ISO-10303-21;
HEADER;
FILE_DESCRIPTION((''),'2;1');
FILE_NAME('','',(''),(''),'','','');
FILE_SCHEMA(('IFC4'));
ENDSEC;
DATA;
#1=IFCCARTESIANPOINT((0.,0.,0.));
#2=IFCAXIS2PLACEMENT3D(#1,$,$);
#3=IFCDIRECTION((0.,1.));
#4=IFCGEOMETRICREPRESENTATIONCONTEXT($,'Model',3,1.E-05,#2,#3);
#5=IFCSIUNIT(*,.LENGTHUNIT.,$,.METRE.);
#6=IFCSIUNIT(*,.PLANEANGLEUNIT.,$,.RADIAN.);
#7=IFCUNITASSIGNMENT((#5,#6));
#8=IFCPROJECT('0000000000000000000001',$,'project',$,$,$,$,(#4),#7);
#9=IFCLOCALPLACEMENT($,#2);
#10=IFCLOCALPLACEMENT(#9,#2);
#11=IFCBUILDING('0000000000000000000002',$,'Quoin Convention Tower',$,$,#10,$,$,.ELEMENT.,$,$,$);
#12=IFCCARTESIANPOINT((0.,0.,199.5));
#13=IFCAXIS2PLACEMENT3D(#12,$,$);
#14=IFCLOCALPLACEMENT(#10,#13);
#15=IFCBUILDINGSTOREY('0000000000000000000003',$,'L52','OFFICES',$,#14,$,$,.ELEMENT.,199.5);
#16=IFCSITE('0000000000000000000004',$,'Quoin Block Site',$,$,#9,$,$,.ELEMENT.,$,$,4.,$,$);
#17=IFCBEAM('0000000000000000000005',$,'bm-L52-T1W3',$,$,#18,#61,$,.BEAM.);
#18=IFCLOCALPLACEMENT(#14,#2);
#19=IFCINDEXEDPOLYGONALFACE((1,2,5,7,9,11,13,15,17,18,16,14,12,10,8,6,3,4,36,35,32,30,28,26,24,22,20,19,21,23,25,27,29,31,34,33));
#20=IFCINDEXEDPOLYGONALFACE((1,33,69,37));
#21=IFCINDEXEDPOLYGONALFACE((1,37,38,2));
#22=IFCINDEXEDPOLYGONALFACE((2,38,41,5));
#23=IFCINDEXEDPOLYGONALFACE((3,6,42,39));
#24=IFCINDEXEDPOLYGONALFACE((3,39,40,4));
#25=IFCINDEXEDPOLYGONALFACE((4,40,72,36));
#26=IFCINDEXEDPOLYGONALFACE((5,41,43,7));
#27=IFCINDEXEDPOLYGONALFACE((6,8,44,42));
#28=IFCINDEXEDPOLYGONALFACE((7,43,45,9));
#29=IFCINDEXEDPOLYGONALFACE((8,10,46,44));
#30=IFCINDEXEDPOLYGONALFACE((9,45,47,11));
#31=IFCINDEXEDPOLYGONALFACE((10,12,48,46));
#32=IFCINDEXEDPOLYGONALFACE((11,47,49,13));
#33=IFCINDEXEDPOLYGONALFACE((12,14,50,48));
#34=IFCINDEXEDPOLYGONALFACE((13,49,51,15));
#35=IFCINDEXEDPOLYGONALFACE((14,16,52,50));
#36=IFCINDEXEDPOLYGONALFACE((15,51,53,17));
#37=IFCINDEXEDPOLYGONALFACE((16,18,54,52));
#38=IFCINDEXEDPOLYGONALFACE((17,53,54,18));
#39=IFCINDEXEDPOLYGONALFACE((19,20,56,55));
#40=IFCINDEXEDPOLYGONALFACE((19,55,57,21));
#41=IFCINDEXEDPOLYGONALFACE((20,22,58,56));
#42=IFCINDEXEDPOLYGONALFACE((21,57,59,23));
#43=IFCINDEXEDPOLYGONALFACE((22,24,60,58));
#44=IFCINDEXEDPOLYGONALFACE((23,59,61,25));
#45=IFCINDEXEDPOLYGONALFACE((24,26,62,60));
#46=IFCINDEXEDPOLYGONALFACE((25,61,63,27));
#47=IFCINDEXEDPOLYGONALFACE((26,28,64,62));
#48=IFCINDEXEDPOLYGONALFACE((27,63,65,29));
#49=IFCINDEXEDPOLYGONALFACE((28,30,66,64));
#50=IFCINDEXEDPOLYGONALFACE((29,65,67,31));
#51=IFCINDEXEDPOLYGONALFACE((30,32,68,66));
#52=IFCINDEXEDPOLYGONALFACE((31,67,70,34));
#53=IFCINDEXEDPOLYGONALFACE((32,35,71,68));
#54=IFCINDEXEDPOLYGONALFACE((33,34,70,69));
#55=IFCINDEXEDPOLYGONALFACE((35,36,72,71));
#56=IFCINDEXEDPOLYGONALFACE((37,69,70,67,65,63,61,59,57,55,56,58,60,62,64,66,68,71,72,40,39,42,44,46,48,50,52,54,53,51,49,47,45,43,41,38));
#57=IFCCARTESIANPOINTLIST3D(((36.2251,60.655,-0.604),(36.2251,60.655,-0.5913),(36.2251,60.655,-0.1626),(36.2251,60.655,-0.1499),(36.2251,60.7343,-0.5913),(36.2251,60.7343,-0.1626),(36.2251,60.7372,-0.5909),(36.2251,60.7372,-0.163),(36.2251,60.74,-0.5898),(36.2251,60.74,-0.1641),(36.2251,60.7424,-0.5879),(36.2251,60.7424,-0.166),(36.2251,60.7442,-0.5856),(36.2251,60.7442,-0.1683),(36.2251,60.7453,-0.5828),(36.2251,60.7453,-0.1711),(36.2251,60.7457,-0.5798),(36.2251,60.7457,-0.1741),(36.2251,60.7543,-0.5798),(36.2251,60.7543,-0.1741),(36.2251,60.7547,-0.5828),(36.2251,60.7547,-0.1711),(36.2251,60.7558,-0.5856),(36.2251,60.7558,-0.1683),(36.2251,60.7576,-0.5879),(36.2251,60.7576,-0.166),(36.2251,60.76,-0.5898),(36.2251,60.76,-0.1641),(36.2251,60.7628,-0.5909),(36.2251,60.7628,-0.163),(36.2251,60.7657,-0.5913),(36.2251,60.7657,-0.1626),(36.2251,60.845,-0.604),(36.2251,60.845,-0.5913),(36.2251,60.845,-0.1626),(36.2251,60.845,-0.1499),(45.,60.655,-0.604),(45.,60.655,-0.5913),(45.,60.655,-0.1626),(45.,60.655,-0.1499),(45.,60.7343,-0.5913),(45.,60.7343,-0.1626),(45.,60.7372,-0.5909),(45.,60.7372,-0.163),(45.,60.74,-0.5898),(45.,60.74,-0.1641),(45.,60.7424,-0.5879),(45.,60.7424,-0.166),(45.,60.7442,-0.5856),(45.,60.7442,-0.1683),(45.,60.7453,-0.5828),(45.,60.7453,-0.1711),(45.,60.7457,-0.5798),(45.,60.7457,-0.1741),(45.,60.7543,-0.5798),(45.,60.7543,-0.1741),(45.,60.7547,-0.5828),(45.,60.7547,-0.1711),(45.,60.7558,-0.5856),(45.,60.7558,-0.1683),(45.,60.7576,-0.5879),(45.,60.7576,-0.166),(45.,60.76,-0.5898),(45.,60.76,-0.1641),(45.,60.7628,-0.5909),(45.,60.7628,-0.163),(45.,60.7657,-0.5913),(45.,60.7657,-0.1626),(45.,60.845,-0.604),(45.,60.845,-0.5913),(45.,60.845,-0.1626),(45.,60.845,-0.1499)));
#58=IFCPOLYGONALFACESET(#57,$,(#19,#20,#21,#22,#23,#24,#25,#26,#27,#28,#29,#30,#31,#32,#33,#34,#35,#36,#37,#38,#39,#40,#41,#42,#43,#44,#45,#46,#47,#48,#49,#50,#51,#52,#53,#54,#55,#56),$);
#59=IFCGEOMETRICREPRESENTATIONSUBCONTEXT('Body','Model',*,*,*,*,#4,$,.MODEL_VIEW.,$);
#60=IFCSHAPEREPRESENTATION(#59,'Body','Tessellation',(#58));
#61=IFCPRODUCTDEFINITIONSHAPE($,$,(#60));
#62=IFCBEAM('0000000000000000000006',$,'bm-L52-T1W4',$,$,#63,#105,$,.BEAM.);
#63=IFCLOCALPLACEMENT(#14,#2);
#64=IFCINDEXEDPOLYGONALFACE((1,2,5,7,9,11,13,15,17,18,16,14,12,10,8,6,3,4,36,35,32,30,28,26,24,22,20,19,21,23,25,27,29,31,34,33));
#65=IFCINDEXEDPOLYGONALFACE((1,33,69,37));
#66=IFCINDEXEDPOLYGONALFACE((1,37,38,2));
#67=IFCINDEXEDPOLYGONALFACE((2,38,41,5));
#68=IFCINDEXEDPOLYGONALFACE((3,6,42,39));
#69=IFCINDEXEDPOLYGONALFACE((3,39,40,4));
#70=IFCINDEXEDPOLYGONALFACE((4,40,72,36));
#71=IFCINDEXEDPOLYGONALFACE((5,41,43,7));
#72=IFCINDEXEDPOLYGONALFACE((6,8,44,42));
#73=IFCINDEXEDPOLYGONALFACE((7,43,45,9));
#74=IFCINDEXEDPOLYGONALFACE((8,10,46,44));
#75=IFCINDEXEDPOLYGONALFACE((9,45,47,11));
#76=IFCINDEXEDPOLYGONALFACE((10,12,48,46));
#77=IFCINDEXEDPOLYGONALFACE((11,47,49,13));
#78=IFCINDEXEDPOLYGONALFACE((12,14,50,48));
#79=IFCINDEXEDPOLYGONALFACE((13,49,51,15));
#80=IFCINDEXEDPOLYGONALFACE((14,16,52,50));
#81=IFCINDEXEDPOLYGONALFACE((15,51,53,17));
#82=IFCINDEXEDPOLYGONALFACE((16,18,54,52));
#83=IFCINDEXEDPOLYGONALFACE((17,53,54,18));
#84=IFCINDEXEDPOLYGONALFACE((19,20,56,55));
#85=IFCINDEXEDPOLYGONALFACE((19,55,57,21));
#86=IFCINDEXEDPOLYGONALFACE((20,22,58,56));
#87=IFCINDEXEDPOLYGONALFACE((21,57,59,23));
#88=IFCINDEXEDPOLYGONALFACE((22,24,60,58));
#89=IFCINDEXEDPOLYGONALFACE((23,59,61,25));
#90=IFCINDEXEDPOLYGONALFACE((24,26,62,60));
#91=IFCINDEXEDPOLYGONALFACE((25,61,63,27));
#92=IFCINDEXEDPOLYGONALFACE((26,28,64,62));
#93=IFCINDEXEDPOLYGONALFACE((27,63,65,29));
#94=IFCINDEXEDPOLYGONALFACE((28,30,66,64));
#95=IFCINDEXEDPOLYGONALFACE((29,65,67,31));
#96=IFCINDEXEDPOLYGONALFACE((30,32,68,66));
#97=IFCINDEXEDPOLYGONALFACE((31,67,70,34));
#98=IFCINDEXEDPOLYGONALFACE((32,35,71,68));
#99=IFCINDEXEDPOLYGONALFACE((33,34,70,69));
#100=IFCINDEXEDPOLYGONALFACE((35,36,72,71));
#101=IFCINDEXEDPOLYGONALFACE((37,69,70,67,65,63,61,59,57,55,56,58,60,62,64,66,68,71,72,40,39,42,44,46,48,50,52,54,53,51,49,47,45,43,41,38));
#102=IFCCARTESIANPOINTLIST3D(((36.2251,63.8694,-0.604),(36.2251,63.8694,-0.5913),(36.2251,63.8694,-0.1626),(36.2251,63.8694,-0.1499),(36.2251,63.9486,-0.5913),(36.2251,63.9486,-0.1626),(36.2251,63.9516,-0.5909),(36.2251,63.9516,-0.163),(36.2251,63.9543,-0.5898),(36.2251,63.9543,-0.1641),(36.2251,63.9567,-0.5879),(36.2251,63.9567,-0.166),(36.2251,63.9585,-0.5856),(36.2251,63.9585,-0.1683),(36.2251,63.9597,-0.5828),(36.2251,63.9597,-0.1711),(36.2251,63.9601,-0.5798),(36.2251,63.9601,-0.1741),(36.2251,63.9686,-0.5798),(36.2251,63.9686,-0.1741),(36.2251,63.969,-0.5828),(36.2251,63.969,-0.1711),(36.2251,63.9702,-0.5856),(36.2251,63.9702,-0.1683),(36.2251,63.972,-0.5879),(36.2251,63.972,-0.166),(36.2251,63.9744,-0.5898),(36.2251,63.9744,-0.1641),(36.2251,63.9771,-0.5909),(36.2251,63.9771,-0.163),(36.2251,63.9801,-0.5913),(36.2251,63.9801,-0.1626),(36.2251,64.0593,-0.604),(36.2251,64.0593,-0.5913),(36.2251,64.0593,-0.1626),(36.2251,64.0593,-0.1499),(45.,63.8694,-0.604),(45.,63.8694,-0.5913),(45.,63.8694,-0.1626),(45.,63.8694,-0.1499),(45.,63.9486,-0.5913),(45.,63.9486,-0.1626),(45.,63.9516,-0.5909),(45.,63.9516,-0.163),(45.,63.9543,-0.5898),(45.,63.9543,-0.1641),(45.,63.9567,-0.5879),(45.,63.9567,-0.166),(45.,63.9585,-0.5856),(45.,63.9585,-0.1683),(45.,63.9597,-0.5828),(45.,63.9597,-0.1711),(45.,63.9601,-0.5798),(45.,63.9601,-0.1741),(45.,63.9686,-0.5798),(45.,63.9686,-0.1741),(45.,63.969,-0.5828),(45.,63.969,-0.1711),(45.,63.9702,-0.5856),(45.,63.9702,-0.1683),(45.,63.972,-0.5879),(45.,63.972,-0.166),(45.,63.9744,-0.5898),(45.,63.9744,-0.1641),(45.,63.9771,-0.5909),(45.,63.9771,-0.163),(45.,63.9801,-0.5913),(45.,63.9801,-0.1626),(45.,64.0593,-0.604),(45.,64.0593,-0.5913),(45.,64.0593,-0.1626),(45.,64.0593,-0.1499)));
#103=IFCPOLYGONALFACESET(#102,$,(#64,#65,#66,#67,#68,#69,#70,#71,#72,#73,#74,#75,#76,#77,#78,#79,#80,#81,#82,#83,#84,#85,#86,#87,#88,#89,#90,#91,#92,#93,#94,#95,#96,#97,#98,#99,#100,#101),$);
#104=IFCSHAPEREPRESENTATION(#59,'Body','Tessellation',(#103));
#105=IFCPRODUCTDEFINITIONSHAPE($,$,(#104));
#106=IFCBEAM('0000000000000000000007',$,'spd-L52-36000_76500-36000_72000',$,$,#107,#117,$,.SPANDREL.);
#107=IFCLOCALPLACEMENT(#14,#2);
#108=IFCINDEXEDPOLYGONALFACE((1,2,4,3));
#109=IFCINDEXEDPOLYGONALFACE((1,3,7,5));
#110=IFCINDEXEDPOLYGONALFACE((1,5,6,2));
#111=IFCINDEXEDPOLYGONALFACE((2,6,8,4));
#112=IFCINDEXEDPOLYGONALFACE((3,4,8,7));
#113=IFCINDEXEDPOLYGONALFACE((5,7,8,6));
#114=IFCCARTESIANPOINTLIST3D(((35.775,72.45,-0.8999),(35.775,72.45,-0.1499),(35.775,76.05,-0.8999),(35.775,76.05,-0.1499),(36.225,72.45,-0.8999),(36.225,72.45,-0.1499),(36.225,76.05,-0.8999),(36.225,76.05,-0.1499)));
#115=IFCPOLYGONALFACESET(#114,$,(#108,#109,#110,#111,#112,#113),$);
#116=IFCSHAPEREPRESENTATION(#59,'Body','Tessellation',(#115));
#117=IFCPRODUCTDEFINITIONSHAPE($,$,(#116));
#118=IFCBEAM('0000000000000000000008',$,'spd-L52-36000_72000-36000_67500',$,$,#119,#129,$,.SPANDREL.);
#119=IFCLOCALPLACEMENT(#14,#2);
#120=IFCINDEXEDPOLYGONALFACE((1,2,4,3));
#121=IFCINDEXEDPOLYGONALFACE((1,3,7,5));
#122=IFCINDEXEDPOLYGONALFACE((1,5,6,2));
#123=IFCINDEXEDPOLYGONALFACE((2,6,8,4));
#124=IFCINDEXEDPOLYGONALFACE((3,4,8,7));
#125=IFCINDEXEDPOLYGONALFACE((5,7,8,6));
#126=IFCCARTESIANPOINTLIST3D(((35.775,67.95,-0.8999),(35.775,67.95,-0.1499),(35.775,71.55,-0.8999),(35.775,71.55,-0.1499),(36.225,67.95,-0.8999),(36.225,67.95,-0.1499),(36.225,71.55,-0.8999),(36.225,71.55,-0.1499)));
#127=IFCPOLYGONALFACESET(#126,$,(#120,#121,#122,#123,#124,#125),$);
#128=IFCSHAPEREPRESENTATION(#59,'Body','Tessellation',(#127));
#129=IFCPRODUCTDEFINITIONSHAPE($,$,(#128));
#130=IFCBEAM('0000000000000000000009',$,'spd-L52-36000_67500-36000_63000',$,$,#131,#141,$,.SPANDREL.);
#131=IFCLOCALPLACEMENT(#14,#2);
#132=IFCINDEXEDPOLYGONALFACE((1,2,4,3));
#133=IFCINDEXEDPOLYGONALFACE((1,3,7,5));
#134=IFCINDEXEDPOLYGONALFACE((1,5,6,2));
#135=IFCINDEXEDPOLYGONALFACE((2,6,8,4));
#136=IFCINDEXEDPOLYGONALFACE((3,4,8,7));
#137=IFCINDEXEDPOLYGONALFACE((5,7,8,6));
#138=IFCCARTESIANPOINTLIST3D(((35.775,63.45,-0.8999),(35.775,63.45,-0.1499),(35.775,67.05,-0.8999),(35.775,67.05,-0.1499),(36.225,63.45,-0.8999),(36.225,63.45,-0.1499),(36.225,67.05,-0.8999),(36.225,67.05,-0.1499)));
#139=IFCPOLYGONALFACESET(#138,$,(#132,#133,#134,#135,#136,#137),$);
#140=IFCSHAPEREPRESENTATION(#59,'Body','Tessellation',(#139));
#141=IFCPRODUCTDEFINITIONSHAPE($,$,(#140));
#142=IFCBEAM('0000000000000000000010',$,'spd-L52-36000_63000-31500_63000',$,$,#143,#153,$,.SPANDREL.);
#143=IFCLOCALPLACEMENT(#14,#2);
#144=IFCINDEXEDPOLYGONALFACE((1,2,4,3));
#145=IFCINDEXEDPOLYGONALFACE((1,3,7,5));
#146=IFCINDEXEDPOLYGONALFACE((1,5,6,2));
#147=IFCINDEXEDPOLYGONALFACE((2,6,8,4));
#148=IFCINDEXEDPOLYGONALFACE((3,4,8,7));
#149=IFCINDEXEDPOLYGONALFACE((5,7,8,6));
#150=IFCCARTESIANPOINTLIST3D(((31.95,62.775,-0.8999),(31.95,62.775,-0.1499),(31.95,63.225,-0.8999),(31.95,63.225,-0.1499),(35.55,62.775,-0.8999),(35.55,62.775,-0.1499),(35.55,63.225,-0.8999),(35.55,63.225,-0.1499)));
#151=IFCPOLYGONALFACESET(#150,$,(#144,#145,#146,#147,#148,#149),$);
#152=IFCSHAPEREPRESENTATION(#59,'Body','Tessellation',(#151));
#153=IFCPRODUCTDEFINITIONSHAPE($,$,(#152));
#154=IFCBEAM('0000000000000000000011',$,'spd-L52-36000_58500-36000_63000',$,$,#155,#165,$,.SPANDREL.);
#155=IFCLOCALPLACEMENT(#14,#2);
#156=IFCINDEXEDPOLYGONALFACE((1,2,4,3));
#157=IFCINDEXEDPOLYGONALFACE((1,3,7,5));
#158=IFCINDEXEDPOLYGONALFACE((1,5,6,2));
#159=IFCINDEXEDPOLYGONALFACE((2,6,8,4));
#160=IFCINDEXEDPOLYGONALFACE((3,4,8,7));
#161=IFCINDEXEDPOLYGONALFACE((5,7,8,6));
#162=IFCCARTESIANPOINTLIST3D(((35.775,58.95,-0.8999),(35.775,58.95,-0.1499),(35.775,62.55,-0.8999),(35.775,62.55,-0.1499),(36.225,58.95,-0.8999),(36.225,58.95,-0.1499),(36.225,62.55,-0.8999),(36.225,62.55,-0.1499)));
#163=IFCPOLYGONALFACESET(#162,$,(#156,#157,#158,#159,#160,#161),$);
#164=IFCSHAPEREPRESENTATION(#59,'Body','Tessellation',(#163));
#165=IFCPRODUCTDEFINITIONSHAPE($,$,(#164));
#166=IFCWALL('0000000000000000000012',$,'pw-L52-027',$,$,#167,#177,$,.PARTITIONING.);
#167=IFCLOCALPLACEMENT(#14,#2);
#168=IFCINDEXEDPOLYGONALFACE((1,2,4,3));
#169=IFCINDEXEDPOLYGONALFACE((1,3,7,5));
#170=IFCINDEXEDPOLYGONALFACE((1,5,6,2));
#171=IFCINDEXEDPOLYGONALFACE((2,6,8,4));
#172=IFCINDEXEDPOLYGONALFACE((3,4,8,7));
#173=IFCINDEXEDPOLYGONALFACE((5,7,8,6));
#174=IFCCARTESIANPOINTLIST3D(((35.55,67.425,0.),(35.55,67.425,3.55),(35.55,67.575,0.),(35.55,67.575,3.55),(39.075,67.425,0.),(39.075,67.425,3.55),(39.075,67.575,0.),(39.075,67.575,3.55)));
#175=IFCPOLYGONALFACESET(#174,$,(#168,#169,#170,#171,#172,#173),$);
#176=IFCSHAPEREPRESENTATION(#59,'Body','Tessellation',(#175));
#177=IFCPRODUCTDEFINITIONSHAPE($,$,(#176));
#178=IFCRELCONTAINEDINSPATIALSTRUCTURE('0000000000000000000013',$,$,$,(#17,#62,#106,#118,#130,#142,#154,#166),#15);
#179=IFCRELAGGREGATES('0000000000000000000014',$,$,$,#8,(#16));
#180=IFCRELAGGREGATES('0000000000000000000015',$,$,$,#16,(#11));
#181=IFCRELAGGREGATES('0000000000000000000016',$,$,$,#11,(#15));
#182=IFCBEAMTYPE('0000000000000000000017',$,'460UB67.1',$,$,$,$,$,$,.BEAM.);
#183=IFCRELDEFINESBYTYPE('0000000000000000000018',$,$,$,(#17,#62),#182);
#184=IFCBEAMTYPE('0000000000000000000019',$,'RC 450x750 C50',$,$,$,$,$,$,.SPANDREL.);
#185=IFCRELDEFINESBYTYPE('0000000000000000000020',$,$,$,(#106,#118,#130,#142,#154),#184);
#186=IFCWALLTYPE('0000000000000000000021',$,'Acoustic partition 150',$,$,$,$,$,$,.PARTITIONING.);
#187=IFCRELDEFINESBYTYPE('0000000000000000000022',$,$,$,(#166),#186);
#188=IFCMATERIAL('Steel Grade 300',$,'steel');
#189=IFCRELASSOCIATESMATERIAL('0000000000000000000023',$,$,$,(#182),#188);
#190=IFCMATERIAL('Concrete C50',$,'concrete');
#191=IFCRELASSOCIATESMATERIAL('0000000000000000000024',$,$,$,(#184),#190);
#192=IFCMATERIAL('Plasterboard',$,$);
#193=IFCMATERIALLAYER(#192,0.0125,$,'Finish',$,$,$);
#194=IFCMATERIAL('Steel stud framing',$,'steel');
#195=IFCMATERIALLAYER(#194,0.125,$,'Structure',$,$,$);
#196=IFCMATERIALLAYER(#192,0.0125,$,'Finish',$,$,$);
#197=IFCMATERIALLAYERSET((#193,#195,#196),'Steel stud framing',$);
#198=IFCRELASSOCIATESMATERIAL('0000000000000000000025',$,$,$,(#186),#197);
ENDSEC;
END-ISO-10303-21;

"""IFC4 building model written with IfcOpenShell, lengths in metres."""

from ifc_helpers import new_model, si_unit, direction, frame, frame_2d, origin, origin_2d, place, context, subcontext, project, spatial, rectangle, i_section, extrude, material, layer, layer_set, material_profile, profile_set, type_object, element, save


model = new_model("IFC4")

# Units and contexts
model_context = context("Model", 3, precision=1e-05, world=origin(), true_north=direction((0.0, 1.0)))
body_context = subcontext(model_context, "Body", "Model", "MODEL_VIEW")
ifc_project = project(units=[si_unit("LENGTHUNIT", "METRE"), si_unit("PLANEANGLEUNIT", "RADIAN")], contexts=[model_context])

# Site, building, storey
site_placement = place(None, origin())
site = spatial("IfcSite", under=ifc_project, at=site_placement, Name="Quoin Block Site", CompositionType="ELEMENT", RefElevation=4.0)
building_placement = place(site_placement, origin())
building = spatial("IfcBuilding", under=site, at=building_placement, Name="Quoin Convention Tower", CompositionType="ELEMENT")
storey_placement = place(building_placement, frame((0.0, 0.0, 199.5)))
storey = spatial("IfcBuildingStorey", under=building, at=storey_placement, Name="L52", Description="OFFICES", CompositionType="ELEMENT", Elevation=199.5)

# Shared definitions
ifc_material_1 = material(Name="Concrete C50", Category="concrete")

# Beams
ifc_material_2 = material(Name="Steel Grade 300", Category="steel")
ifc_material_profile_1 = material_profile(ifc_material_2, i_section(OverallWidth=0.1899, OverallDepth=0.4541, WebThickness=0.0085, FlangeThickness=0.0127, FilletRadius=0.0115, at=origin_2d()), Name="460UB67.1")
ifc_profile_set_1 = profile_set([ifc_material_profile_1], Name="Steel Grade 300")
beam_type_1 = type_object("IfcBeamType", Name="460UB67.1", PredefinedType="BEAM", material=ifc_profile_set_1)
for number, where, z_axis, x_axis, name in (
    (1, (36.2251, 60.75, -0.377), (1.0, 0.0, 0.0), (0.0, 1.0, 0.0), "bm-L52-T1W3"),
    (2, (36.2251, 63.9644, -0.377), (1.0, 0.0, 0.0), (0.0, 1.0, 0.0), "bm-L52-T1W4"),
):
    element("IfcBeam", number, at=place(storey_placement, frame(where, z_axis=z_axis, x_axis=x_axis)), inside=storey, type_object=beam_type_1, Name=name, PredefinedType="BEAM", context=body_context, shape_type="SweptSolid", body=[
        extrude(i_section(OverallWidth=0.1899, OverallDepth=0.4541, WebThickness=0.0085, FlangeThickness=0.0127, FilletRadius=0.0115, at=origin_2d()), origin(), (0.0, 0.0, 1.0), 8.7749),
    ])
ifc_material_profile_2 = material_profile(ifc_material_1, rectangle(XDim=0.45, YDim=0.75, at=origin_2d()), Name="RC 450x750")
ifc_profile_set_2 = profile_set([ifc_material_profile_2], Name="Concrete C50")
beam_type_2 = type_object("IfcBeamType", Name="RC 450x750 C50", PredefinedType="SPANDREL", material=ifc_profile_set_2)
for number, where, z_axis, x_axis, name in (
    (3, (36.0, 76.05, -0.5249), (0.0, -1.0, 0.0), (1.0, 0.0, 0.0), "spd-L52-36000_76500-36000_72000"),
    (4, (36.0, 71.55, -0.5249), (0.0, -1.0, 0.0), (1.0, 0.0, 0.0), "spd-L52-36000_72000-36000_67500"),
    (5, (36.0, 67.05, -0.5249), (0.0, -1.0, 0.0), (1.0, 0.0, 0.0), "spd-L52-36000_67500-36000_63000"),
    (6, (35.55, 63.0, -0.5249), (-1.0, 0.0, 0.0), (0.0, -1.0, 0.0), "spd-L52-36000_63000-31500_63000"),
    (7, (36.0, 58.95, -0.5249), (0.0, 1.0, 0.0), (-1.0, 0.0, 0.0), "spd-L52-36000_58500-36000_63000"),
):
    element("IfcBeam", number, at=place(storey_placement, frame(where, z_axis=z_axis, x_axis=x_axis)), inside=storey, type_object=beam_type_2, Name=name, PredefinedType="SPANDREL", context=body_context, shape_type="SweptSolid", body=[
        extrude(rectangle(XDim=0.45, YDim=0.75, at=origin_2d()), origin(), (0.0, 0.0, 1.0), 3.6001),
    ])

# Wall
ifc_material_3 = material(Name="Plasterboard")
ifc_layer_1 = layer(ifc_material_3, 0.0125, Name="Finish")
ifc_material_4 = material(Name="Steel stud framing", Category="steel")
ifc_layer_2 = layer(ifc_material_4, 0.125, Name="Structure")
ifc_layer_3 = layer(ifc_material_3, 0.0125, Name="Finish")
ifc_layer_set_1 = layer_set([ifc_layer_1, ifc_layer_2, ifc_layer_3], Name="Steel stud framing")
wall_type_1 = type_object("IfcWallType", Name="Acoustic partition 150", PredefinedType="PARTITIONING", material=ifc_layer_set_1)
wall_1_placement = place(storey_placement, frame((35.55, 67.5, 0.0), z_axis=(0.0, 0.0, 1.0), x_axis=(1.0, 0.0, 0.0)))
element("IfcWall", 8, at=wall_1_placement, inside=storey, type_object=wall_type_1, Name="pw-L52-027", PredefinedType="PARTITIONING", context=body_context, shape_type="SweptSolid", body=[
    extrude(rectangle(XDim=3.5249, YDim=0.1499, at=frame_2d((1.7625, 0.0))), origin(), (0.0, 0.0, 1.0), 3.55),
])

save(model, "model.ifc")
